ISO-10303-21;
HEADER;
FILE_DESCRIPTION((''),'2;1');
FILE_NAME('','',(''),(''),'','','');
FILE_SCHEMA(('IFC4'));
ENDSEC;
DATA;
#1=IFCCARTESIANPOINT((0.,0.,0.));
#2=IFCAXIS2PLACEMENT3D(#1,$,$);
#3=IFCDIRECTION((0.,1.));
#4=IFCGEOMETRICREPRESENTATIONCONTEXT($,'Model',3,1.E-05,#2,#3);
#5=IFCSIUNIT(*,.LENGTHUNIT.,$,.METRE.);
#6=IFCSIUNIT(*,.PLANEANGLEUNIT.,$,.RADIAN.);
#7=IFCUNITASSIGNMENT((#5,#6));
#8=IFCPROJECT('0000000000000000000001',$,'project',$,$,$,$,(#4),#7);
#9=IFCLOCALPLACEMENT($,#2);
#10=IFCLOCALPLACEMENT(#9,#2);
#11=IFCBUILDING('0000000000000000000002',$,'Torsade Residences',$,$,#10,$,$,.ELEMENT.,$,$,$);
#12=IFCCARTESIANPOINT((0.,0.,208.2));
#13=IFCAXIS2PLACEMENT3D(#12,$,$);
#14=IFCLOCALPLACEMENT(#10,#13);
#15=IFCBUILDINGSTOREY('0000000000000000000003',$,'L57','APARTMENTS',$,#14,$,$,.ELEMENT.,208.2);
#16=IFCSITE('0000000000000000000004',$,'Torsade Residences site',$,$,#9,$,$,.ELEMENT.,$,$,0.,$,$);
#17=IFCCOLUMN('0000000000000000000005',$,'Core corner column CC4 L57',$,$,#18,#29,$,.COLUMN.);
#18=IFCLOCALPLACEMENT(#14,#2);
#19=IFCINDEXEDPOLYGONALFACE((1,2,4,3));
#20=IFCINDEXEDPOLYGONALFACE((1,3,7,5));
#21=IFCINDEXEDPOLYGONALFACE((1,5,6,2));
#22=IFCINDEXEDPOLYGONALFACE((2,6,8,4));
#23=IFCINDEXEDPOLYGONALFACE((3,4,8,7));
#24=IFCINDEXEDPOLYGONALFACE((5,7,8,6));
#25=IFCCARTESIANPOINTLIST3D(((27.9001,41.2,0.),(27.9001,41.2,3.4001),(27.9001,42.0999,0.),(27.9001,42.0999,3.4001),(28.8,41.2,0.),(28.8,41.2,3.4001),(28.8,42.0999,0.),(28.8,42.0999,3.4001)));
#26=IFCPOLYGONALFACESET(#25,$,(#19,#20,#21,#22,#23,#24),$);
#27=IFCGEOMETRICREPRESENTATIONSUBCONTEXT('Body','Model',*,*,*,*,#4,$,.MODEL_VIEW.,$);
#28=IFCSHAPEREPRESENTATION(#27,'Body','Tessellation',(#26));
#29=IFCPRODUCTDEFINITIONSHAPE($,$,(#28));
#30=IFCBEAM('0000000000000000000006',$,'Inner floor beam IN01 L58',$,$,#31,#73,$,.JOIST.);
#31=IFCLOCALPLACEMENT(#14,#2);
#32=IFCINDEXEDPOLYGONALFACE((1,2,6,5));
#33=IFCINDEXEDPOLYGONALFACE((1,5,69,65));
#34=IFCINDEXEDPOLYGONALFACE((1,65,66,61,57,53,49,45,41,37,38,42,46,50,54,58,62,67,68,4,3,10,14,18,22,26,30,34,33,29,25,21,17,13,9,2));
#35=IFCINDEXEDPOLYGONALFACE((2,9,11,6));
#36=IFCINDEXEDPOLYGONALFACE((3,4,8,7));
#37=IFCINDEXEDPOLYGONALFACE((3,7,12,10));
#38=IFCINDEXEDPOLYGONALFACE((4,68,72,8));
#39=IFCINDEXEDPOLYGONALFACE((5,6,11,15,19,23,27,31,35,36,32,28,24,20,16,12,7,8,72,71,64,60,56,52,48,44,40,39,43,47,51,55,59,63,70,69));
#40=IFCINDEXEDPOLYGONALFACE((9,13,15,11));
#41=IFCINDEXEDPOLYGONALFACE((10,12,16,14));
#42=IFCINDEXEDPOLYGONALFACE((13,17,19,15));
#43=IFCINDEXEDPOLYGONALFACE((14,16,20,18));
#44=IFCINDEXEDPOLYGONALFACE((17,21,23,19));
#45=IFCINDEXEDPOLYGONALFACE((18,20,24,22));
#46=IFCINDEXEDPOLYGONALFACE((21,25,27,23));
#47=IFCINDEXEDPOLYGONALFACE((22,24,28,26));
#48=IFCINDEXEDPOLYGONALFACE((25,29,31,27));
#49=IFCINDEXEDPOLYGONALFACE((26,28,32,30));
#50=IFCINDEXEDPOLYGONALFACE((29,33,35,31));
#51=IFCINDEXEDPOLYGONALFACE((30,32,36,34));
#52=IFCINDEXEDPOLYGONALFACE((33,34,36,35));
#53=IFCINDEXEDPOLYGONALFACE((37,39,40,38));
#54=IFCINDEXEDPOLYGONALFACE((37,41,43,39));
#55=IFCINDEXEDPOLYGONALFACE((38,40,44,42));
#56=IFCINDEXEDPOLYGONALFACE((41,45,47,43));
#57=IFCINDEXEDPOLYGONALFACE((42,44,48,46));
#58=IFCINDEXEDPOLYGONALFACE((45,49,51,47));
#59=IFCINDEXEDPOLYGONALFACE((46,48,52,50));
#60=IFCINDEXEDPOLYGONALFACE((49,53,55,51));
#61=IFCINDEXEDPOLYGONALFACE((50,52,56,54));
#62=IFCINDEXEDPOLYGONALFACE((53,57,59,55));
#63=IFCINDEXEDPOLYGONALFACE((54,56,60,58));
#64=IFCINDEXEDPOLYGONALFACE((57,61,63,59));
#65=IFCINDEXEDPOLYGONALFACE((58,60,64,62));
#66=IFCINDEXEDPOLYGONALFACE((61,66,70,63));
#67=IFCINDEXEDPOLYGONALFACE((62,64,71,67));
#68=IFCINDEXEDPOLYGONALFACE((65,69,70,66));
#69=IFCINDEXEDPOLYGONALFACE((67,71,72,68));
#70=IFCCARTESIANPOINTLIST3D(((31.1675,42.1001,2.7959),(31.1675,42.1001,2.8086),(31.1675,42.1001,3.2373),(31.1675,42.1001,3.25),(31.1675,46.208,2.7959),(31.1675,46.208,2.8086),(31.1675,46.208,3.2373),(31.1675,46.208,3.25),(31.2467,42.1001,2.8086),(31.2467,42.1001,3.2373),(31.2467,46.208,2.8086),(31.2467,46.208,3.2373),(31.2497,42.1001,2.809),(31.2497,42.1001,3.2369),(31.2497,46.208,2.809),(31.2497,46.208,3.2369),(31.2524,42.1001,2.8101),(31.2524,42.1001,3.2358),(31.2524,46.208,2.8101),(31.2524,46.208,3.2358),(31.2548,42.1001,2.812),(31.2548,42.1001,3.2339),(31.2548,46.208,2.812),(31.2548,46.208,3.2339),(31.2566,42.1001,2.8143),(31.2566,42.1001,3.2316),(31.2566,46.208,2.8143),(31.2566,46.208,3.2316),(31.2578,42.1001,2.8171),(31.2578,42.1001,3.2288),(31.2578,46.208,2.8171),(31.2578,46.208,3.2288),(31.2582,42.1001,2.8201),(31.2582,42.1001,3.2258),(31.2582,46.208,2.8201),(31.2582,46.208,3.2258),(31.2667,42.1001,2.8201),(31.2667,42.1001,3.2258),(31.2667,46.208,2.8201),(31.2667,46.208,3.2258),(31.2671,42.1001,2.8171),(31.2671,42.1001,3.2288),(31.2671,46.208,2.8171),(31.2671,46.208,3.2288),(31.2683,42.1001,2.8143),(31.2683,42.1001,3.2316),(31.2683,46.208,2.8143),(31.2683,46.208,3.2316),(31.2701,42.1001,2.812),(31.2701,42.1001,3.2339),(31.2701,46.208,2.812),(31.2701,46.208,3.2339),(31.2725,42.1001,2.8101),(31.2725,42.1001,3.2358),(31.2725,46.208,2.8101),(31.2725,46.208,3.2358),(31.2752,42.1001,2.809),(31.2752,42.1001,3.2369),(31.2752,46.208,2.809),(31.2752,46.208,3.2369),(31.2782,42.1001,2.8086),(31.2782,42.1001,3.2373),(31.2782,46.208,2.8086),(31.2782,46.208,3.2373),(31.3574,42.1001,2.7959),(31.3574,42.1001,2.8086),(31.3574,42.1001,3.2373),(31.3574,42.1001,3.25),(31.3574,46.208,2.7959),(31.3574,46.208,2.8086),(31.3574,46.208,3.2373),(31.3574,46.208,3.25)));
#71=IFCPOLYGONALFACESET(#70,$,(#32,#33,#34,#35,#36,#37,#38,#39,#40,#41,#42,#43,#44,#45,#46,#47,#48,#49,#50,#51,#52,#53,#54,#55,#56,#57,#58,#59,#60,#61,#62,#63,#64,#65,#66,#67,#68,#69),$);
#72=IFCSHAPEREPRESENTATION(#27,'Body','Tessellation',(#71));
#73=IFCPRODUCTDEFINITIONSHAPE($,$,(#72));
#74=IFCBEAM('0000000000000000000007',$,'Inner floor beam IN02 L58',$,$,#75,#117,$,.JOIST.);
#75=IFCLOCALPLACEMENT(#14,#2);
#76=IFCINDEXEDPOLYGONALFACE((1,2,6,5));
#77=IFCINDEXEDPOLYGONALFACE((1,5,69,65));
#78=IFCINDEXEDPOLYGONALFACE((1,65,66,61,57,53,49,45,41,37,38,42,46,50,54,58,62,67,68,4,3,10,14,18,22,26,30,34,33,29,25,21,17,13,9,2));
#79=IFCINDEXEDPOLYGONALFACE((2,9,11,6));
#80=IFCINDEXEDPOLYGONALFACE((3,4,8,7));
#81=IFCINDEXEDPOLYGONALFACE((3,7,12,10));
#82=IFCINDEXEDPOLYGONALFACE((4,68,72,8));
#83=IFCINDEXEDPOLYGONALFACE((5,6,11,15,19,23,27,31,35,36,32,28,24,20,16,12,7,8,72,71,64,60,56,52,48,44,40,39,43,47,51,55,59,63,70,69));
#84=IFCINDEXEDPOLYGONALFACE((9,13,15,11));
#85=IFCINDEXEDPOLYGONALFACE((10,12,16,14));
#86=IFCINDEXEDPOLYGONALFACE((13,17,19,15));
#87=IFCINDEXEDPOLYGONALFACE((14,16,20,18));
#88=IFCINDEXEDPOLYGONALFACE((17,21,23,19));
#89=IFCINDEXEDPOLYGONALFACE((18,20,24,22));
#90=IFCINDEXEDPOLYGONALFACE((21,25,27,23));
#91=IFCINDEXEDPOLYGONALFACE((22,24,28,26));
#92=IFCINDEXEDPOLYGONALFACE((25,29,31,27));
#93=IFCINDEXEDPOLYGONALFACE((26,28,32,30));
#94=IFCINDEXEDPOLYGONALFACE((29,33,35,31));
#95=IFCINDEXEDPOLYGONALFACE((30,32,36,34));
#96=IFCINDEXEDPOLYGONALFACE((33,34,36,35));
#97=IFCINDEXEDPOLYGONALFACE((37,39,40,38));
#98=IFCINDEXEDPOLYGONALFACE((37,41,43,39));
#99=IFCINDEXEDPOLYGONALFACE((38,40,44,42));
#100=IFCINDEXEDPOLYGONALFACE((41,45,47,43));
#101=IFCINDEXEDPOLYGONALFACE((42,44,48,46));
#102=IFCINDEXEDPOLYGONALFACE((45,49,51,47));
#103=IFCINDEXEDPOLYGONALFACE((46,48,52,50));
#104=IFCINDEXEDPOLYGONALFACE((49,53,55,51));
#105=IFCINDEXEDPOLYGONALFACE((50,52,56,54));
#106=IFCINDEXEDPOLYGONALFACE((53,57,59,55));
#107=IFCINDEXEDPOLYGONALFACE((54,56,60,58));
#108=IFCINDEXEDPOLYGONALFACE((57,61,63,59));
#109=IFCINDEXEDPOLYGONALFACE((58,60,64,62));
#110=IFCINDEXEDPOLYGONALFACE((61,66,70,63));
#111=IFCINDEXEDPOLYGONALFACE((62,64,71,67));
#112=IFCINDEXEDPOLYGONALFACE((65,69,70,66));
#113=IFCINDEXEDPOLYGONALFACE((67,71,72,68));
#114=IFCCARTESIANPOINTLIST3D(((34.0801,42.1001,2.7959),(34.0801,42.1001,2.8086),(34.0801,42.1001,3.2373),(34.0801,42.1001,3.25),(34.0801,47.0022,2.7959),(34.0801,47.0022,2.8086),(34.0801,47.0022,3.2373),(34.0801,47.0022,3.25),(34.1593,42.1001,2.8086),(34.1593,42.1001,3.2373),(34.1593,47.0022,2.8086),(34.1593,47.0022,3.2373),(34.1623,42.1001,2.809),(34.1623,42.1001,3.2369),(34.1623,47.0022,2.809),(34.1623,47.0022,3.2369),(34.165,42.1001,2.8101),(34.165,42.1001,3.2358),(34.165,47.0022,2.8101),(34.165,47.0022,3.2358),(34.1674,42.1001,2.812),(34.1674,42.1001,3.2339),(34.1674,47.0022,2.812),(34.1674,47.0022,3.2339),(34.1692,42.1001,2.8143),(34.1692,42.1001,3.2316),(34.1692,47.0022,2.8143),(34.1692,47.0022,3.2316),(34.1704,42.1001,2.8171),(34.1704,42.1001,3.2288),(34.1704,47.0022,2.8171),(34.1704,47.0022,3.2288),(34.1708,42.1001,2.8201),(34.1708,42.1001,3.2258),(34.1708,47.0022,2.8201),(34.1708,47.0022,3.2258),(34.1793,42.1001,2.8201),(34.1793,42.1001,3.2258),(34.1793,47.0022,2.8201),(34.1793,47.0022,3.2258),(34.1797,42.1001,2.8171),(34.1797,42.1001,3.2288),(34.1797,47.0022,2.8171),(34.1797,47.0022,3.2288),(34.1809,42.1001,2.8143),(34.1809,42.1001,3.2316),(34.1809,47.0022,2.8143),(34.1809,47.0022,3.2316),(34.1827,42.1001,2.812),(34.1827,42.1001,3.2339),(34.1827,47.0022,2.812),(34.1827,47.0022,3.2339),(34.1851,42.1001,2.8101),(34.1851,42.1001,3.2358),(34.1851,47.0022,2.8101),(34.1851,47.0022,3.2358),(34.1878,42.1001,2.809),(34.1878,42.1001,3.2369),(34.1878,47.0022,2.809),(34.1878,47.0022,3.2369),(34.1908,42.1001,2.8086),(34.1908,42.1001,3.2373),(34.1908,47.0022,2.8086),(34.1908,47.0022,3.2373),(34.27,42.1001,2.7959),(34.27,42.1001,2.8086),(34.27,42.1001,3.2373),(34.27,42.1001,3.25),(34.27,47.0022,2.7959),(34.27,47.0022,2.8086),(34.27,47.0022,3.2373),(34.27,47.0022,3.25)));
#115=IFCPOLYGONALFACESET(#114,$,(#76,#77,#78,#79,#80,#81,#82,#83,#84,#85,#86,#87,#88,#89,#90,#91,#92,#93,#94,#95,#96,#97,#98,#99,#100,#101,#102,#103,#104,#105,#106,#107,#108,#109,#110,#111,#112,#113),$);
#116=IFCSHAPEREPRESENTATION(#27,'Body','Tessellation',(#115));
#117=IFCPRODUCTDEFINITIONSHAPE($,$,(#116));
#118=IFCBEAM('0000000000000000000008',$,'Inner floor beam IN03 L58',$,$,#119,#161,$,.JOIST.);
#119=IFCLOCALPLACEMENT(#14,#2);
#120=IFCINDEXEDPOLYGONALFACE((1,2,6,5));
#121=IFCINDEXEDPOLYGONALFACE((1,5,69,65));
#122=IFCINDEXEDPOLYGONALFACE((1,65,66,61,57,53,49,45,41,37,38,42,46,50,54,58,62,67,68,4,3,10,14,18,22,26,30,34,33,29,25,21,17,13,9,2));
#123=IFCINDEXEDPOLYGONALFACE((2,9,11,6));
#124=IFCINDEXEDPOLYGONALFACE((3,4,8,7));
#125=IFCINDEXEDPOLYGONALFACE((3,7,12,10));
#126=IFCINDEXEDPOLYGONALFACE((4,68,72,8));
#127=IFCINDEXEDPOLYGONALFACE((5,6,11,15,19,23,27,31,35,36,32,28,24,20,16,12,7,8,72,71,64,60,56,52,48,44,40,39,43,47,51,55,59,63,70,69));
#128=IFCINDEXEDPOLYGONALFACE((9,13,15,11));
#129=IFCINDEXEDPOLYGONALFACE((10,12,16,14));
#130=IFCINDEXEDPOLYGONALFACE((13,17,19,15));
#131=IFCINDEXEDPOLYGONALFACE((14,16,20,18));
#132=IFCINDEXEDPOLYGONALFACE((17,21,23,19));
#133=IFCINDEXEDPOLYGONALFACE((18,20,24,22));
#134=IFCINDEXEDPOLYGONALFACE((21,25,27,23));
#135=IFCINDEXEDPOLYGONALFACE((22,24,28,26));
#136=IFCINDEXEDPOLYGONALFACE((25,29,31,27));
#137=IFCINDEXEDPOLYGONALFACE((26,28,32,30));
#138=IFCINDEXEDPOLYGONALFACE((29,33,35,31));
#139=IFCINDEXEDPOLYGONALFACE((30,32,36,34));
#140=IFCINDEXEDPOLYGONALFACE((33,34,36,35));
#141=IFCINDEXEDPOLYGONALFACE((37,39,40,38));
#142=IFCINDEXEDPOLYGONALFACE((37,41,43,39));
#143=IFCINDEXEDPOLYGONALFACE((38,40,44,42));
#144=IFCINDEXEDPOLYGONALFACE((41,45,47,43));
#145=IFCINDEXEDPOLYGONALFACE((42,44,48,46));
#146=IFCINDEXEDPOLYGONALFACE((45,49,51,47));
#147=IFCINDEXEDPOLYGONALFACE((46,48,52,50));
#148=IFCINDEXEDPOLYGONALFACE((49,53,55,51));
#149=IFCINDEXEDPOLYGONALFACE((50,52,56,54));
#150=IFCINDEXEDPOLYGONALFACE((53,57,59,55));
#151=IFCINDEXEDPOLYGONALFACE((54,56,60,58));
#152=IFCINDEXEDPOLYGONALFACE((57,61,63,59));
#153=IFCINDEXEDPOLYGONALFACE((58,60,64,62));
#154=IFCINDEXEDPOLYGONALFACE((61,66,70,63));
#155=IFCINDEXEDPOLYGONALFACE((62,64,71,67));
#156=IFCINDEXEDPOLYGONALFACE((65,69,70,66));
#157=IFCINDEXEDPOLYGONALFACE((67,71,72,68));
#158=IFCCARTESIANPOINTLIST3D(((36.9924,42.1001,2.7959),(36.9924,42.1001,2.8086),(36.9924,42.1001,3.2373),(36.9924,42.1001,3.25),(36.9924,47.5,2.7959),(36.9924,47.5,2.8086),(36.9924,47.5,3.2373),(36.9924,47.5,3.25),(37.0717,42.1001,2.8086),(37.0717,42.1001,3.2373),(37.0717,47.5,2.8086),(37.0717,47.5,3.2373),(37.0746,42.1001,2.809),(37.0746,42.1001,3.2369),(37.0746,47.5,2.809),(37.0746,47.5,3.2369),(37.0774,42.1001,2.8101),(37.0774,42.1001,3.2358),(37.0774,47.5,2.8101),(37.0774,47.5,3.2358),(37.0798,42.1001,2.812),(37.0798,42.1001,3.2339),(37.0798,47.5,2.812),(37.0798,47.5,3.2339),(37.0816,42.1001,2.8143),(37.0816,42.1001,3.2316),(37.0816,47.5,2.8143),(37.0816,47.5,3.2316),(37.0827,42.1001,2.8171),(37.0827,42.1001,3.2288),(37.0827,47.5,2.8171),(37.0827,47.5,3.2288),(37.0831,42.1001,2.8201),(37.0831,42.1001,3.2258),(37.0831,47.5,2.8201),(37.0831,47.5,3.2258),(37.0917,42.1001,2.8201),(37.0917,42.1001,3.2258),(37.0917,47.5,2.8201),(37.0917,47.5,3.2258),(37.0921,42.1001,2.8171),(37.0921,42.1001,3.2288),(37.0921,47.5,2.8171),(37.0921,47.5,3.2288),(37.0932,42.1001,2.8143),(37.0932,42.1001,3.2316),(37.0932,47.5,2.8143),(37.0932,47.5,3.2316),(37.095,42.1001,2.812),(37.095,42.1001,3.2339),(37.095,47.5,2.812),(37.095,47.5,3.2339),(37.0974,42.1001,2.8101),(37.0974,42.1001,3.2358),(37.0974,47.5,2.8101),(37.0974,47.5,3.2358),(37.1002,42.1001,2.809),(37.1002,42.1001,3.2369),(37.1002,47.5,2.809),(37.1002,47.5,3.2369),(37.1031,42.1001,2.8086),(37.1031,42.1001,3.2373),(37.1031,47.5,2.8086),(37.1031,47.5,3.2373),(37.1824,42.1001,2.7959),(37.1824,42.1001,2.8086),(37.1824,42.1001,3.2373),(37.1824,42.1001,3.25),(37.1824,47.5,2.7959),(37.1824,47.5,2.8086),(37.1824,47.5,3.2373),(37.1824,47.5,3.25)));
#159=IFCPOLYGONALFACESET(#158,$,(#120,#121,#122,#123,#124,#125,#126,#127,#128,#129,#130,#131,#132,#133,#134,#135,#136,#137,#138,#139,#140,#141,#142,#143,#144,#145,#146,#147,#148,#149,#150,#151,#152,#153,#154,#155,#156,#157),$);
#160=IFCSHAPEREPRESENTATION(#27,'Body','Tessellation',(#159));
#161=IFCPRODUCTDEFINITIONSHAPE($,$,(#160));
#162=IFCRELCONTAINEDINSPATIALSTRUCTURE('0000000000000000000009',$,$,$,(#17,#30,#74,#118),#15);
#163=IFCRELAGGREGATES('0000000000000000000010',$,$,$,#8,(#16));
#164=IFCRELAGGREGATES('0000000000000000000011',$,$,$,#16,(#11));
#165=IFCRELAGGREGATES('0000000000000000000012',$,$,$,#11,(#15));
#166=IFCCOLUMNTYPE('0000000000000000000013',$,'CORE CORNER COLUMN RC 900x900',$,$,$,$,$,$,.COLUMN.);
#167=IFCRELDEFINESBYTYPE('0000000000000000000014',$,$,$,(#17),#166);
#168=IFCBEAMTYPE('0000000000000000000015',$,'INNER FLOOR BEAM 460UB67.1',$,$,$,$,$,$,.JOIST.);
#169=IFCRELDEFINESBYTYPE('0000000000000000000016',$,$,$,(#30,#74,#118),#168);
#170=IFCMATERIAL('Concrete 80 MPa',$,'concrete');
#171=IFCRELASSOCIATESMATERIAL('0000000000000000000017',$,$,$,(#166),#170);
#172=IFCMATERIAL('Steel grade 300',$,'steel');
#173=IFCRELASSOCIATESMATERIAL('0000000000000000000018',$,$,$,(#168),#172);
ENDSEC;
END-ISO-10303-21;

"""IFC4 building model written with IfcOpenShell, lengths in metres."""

from ifc_helpers import new_model, si_unit, direction, frame, origin, origin_2d, place, context, subcontext, project, spatial, rectangle, i_section, extrude, material, material_profile, profile_set, type_object, element, save


model = new_model("IFC4")

# Units and contexts
model_context = context("Model", 3, precision=1e-05, world=origin(), true_north=direction((0.0, 1.0)))
body_context = subcontext(model_context, "Body", "Model", "MODEL_VIEW")
ifc_project = project(units=[si_unit("LENGTHUNIT", "METRE"), si_unit("PLANEANGLEUNIT", "RADIAN")], contexts=[model_context])

# Site, building, storey
site_placement = place(None, origin())
site = spatial("IfcSite", under=ifc_project, at=site_placement, Name="Torsade Residences site", CompositionType="ELEMENT", RefElevation=0.0)
building_placement = place(site_placement, origin())
building = spatial("IfcBuilding", under=site, at=building_placement, Name="Torsade Residences", CompositionType="ELEMENT")
storey_placement = place(building_placement, frame((0.0, 0.0, 208.2)))
storey = spatial("IfcBuildingStorey", under=building, at=storey_placement, Name="L57", Description="APARTMENTS", CompositionType="ELEMENT", Elevation=208.2)

# Column
ifc_material_1 = material(Name="Concrete 80 MPa", Category="concrete")
ifc_material_profile_1 = material_profile(ifc_material_1, rectangle(XDim=0.8999, YDim=0.8999, at=origin_2d()), Name="RC 900x900")
ifc_profile_set_1 = profile_set([ifc_material_profile_1], Name="Concrete 80 MPa")
column_type = type_object("IfcColumnType", Name="CORE CORNER COLUMN RC 900x900", PredefinedType="COLUMN", material=ifc_profile_set_1)
column_placement = place(storey_placement, frame((28.3501, 41.6499, 0.0), z_axis=(0.0, 0.0, 1.0), x_axis=(1.0, 0.0, 0.0)))
element("IfcColumn", 1, at=column_placement, inside=storey, type_object=column_type, Name="Core corner column CC4 L57", PredefinedType="COLUMN", context=body_context, shape_type="SweptSolid", body=[
    extrude(rectangle(XDim=0.8999, YDim=0.8999, at=origin_2d()), origin(), (0.0, 0.0, 1.0), 3.4001),
])

# Beams
ifc_material_2 = material(Name="Steel grade 300", Category="steel")
ifc_material_profile_2 = material_profile(ifc_material_2, i_section(OverallWidth=0.1899, OverallDepth=0.4541, WebThickness=0.0085, FlangeThickness=0.0127, FilletRadius=0.0115, at=origin_2d()), Name="460UB67.1")
ifc_profile_set_2 = profile_set([ifc_material_profile_2], Name="Steel grade 300")
beam_type = type_object("IfcBeamType", Name="INNER FLOOR BEAM 460UB67.1", PredefinedType="JOIST", material=ifc_profile_set_2)
beam_1_placement = place(storey_placement, frame((31.2625, 42.1001, 3.0229), z_axis=(0.0, 1.0, 0.0), x_axis=(-1.0, 0.0, 0.0)))
element("IfcBeam", 2, at=beam_1_placement, inside=storey, type_object=beam_type, Name="Inner floor beam IN01 L58", PredefinedType="JOIST", context=body_context, shape_type="SweptSolid", body=[
    extrude(i_section(OverallWidth=0.1899, OverallDepth=0.4541, WebThickness=0.0085, FlangeThickness=0.0127, FilletRadius=0.0115, at=origin_2d()), origin(), (0.0, 0.0, 1.0), 4.1079),
])
beam_2_placement = place(storey_placement, frame((34.175, 42.1001, 3.0229), z_axis=(0.0, 1.0, 0.0), x_axis=(-1.0, 0.0, 0.0)))
element("IfcBeam", 3, at=beam_2_placement, inside=storey, type_object=beam_type, Name="Inner floor beam IN02 L58", PredefinedType="JOIST", context=body_context, shape_type="SweptSolid", body=[
    extrude(i_section(OverallWidth=0.1899, OverallDepth=0.4541, WebThickness=0.0085, FlangeThickness=0.0127, FilletRadius=0.0115, at=origin_2d()), origin(), (0.0, 0.0, 1.0), 4.9021),
])
beam_3_placement = place(storey_placement, frame((37.0874, 42.1001, 3.0229), z_axis=(0.0, 1.0, 0.0), x_axis=(-1.0, 0.0, 0.0)))
element("IfcBeam", 4, at=beam_3_placement, inside=storey, type_object=beam_type, Name="Inner floor beam IN03 L58", PredefinedType="JOIST", context=body_context, shape_type="SweptSolid", body=[
    extrude(i_section(OverallWidth=0.1899, OverallDepth=0.4541, WebThickness=0.0085, FlangeThickness=0.0127, FilletRadius=0.0115, at=origin_2d()), origin(), (0.0, 0.0, 1.0), 5.3999),
])

save(model, "model.ifc")
